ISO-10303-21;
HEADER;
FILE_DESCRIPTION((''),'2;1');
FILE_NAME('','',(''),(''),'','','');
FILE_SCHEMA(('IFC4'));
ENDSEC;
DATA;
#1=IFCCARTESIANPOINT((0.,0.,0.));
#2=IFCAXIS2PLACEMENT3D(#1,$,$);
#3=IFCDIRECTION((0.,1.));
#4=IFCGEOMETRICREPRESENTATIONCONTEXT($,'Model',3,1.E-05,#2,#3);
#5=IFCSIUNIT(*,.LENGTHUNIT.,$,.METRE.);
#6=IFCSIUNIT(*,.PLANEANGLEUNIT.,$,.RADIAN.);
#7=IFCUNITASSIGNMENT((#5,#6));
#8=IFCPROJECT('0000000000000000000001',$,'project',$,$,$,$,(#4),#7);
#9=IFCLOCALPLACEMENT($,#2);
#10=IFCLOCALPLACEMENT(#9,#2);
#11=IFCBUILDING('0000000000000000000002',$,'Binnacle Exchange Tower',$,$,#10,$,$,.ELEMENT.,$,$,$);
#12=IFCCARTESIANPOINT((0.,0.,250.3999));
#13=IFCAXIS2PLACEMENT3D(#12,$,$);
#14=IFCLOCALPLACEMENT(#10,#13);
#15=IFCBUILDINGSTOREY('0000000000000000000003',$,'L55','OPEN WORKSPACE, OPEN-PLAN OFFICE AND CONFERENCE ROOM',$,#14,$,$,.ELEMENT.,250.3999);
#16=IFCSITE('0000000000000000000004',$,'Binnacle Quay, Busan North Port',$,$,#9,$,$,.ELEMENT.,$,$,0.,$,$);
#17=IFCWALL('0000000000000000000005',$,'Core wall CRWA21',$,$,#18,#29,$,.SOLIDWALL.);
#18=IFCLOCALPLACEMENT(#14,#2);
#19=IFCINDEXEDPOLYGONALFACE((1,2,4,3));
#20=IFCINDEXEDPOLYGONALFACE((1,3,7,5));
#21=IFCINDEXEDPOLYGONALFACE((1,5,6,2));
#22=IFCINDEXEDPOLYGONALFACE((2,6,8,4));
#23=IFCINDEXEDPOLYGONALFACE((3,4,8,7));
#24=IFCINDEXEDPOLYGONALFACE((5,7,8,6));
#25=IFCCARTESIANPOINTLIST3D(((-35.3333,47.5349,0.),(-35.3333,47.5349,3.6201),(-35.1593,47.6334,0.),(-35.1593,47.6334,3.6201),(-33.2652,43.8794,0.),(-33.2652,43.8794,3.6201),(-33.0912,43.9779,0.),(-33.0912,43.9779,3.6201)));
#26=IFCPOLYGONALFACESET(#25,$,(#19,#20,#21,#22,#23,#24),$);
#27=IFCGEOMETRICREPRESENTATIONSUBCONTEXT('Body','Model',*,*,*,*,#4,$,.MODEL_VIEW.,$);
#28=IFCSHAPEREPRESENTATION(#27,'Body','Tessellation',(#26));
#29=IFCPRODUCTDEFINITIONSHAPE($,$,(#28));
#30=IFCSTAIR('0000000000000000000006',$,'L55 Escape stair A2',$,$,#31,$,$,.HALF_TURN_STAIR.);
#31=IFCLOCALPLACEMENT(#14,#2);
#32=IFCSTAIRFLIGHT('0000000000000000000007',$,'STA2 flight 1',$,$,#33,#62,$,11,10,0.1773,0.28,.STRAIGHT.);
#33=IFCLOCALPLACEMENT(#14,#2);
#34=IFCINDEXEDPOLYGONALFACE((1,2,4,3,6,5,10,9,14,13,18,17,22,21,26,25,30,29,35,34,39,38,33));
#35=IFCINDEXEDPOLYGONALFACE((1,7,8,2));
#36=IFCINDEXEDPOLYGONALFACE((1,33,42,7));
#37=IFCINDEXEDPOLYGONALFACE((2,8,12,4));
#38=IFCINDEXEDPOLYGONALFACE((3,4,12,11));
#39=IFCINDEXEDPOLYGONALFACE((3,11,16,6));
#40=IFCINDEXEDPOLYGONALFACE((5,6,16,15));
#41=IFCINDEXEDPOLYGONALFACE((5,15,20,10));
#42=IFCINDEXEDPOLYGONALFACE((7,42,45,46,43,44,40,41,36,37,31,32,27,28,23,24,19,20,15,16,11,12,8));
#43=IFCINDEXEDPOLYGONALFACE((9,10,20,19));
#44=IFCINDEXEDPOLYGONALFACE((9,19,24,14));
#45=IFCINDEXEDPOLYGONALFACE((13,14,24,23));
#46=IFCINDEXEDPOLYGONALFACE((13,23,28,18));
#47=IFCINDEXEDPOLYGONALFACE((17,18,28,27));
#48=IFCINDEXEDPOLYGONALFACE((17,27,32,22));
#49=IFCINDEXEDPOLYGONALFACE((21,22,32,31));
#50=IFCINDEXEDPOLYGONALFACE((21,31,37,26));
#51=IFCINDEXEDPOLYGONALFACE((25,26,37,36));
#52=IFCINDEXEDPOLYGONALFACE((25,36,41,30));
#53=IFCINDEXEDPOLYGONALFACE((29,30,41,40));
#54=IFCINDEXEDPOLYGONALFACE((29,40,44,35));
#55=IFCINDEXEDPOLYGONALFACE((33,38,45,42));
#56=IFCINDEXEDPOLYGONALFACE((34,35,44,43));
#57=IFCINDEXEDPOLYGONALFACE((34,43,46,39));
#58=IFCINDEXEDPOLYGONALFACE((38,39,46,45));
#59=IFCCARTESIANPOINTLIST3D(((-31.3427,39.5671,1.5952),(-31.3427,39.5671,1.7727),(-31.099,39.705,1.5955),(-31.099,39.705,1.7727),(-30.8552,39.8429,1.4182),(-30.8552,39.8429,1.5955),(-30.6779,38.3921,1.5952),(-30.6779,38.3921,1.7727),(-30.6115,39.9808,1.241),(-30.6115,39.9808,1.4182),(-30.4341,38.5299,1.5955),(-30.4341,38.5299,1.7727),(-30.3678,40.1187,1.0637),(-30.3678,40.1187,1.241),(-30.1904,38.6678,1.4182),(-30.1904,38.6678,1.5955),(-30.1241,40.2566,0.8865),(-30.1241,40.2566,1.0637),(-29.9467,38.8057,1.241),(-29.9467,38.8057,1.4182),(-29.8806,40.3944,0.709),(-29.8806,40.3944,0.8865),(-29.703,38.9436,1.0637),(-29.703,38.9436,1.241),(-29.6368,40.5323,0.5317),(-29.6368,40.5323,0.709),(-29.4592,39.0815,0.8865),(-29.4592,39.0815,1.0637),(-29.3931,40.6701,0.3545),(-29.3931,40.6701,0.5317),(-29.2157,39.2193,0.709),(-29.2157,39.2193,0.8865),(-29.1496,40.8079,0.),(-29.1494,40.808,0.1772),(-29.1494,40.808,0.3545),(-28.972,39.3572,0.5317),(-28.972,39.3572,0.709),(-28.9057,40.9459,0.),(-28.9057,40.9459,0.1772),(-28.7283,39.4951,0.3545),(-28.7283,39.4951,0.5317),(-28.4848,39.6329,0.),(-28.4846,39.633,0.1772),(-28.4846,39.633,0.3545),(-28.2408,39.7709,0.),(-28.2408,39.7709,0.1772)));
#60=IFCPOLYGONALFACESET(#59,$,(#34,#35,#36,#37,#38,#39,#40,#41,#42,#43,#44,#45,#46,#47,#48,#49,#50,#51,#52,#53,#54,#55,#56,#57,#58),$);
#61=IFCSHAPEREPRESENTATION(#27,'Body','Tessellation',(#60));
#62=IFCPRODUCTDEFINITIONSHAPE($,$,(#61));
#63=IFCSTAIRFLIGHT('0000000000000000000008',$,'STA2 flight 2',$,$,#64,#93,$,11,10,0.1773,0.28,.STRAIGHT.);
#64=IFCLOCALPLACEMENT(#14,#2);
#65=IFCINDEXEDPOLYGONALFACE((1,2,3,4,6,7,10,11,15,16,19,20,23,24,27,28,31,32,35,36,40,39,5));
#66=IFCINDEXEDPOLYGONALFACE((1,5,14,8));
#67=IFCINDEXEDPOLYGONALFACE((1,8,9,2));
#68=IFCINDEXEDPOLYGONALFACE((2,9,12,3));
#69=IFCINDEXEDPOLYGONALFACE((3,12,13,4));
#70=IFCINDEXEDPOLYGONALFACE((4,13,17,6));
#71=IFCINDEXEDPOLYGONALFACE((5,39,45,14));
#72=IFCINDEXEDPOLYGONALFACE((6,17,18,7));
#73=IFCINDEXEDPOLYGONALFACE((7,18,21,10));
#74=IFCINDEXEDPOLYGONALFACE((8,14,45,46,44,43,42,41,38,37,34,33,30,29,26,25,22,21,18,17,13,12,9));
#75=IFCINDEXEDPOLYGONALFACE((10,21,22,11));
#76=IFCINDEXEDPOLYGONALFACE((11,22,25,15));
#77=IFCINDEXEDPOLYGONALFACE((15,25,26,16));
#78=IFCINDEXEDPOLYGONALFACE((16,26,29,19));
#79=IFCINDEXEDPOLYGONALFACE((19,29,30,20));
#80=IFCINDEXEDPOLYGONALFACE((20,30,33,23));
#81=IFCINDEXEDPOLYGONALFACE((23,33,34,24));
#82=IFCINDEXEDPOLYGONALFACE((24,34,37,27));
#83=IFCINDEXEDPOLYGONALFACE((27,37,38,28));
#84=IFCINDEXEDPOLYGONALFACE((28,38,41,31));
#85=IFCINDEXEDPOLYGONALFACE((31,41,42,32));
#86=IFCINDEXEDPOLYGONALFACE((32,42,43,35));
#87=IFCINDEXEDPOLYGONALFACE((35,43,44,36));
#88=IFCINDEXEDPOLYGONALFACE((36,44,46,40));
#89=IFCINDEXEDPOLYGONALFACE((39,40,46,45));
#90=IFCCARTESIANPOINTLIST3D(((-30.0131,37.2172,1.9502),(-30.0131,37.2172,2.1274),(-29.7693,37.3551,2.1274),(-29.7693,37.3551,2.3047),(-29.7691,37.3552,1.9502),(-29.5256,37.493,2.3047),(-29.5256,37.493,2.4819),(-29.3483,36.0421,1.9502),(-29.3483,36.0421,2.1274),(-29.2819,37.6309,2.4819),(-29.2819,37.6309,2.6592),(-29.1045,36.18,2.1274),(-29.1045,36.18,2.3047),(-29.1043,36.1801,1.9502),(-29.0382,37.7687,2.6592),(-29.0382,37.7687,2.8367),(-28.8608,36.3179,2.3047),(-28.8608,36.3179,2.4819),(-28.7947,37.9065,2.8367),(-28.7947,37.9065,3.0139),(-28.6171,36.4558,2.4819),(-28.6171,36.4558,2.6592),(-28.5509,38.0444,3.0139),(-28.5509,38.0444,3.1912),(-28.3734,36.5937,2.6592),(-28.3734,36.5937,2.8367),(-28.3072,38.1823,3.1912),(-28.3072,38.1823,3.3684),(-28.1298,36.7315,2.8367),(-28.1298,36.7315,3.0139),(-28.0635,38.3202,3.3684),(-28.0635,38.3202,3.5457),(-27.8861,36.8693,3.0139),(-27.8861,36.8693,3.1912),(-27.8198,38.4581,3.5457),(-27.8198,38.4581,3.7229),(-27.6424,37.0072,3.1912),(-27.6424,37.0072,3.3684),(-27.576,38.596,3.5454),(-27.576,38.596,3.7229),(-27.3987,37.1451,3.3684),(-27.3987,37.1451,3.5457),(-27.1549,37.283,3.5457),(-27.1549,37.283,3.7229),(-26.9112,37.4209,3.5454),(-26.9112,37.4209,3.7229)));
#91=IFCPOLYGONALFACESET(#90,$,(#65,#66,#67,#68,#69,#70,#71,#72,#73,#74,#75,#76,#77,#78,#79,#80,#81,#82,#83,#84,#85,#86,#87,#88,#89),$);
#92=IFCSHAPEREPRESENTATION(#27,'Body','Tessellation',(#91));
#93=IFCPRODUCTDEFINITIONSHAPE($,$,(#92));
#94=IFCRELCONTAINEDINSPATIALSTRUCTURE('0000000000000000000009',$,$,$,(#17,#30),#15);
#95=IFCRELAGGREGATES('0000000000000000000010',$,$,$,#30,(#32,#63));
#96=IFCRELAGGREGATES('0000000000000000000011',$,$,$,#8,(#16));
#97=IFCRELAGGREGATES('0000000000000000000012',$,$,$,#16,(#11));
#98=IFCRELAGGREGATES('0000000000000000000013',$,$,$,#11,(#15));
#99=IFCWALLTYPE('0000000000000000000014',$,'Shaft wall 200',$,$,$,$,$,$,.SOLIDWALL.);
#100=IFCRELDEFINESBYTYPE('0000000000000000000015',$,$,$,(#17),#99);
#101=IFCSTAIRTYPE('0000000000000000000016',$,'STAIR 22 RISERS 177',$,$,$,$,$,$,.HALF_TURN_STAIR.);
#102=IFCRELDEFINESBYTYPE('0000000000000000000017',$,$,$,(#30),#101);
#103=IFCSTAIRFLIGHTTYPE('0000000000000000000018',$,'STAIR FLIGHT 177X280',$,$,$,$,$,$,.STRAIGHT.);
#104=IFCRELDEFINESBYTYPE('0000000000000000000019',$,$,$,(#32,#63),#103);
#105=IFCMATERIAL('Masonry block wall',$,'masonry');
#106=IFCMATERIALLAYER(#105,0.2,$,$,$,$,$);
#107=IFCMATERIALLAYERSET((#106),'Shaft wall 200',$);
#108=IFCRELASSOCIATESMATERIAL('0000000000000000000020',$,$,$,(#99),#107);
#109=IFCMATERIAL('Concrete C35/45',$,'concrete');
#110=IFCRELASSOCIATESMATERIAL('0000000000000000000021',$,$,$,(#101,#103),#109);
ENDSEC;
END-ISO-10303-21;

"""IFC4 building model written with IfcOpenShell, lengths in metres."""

from ifc_helpers import new_model, si_unit, direction, frame, frame_2d, origin, place, context, subcontext, project, spatial, polyline, rectangle, outline, extrude, material, layer, layer_set, type_object, element, aggregate, save


model = new_model("IFC4")

# Units and contexts
model_context = context("Model", 3, precision=1e-05, world=origin(), true_north=direction((0.0, 1.0)))
body_context = subcontext(model_context, "Body", "Model", "MODEL_VIEW")
ifc_project = project(units=[si_unit("LENGTHUNIT", "METRE"), si_unit("PLANEANGLEUNIT", "RADIAN")], contexts=[model_context])

# Site, building, storey
site_placement = place(None, origin())
site = spatial("IfcSite", under=ifc_project, at=site_placement, Name="Binnacle Quay, Busan North Port", CompositionType="ELEMENT", RefElevation=0.0)
building_placement = place(site_placement, origin())
building = spatial("IfcBuilding", under=site, at=building_placement, Name="Binnacle Exchange Tower", CompositionType="ELEMENT")
storey_placement = place(building_placement, frame((0.0, 0.0, 250.3999)))
storey = spatial("IfcBuildingStorey", under=building, at=storey_placement, Name="L55", Description="OPEN WORKSPACE, OPEN-PLAN OFFICE AND CONFERENCE ROOM", CompositionType="ELEMENT", Elevation=250.3999)

# Shared definitions
ifc_material_1 = material(Name="Masonry block wall", Category="masonry")

# Wall
ifc_layer_1 = layer(ifc_material_1, 0.2)
ifc_layer_set_1 = layer_set([ifc_layer_1], Name="Shaft wall 200")
wall_type_1 = type_object("IfcWallType", Name="Shaft wall 200", PredefinedType="SOLIDWALL", material=ifc_layer_set_1)
for number, where, z_axis, x_axis, name in (
    (1, (-35.2463, 47.5842, 0.0), (0.0, 0.0, 1.0), (0.49241, -0.870364, 0.0), "Core wall CRWA21"),
):
    element("IfcWall", number, at=place(storey_placement, frame(where, z_axis=z_axis, x_axis=x_axis)), inside=storey, type_object=wall_type_1, Name=name, PredefinedType="SOLIDWALL", context=body_context, shape_type="SweptSolid", body=[
        extrude(rectangle(XDim=4.2, YDim=0.2, at=frame_2d((2.1001, 0.0))), origin(), (0.0, 0.0, 1.0), 3.6201),
    ])

# Stair, stair flights
ifc_material_2 = material(Name="Concrete C35/45", Category="concrete")
stair_type = type_object("IfcStairType", Name="STAIR 22 RISERS 177", PredefinedType="HALF_TURN_STAIR", material=ifc_material_2)
stair_placement = place(storey_placement, origin())
stair = element("IfcStair", 2, at=stair_placement, inside=storey, type_object=stair_type, Name="L55 Escape stair A2", PredefinedType="HALF_TURN_STAIR")
stair_flight_type = type_object("IfcStairFlightType", Name="STAIR FLIGHT 177X280", PredefinedType="STRAIGHT", material=ifc_material_2)
stair_flight_1_placement = place(storey_placement, frame((-28.5732, 40.3584, 0.0), z_axis=(0.0, 0.0, 1.0), x_axis=(-0.870356, -0.492424, 0.0)))
stair_flight_1 = element("IfcStairFlight", 3, at=stair_flight_1_placement, type_object=stair_flight_type, Name="STA2 flight 1", NumberOfRisers=11, NumberOfTreads=10, PredefinedType="STRAIGHT", RiserHeight=0.1773, TreadLength=0.28, context=body_context, shape_type="SweptSolid", body=[
    extrude(outline(polyline([(0.0, 0.0), (0.0, 0.1772), (0.28, 0.1772), (0.28, 0.3545), (0.5601, 0.3545), (0.5601, 0.5317), (0.8401, 0.5317), (0.8401, 0.709), (1.1201, 0.709), (1.1201, 0.8865), (1.3999, 0.8865), (1.3999, 1.0637), (1.6799, 1.0637), (1.6799, 1.241), (1.96, 1.241), (1.96, 1.4182), (2.24, 1.4182), (2.24, 1.5955), (2.52, 1.5955), (2.52, 1.7727), (2.8, 1.7727), (2.8, 1.95), (2.8, 1.5952), (0.2803, 0.0), (0.0, 0.0)])), frame((0.0, 0.675, 0.0), z_axis=(0.0, -1.0, 0.0), x_axis=(1.0, 0.0, 0.0)), (0.0, 0.0, 1.0), 1.3501),
])
stair_flight_2_placement = place(storey_placement, frame((-29.6807, 36.6296, 1.9502), z_axis=(0.0, 0.0, 1.0), x_axis=(0.870356, 0.492424, 0.0)))
stair_flight_2 = element("IfcStairFlight", 4, at=stair_flight_2_placement, type_object=stair_flight_type, Name="STA2 flight 2", NumberOfRisers=11, NumberOfTreads=10, PredefinedType="STRAIGHT", RiserHeight=0.1773, TreadLength=0.28, context=body_context, shape_type="SweptSolid", body=[
    extrude(outline(polyline([(0.0, 0.0), (0.0, 0.1772), (0.28, 0.1772), (0.28, 0.3545), (0.5601, 0.3545), (0.5601, 0.5317), (0.8401, 0.5317), (0.8401, 0.709), (1.1201, 0.709), (1.1201, 0.8865), (1.3999, 0.8865), (1.3999, 1.0637), (1.6799, 1.0637), (1.6799, 1.241), (1.96, 1.241), (1.96, 1.4182), (2.24, 1.4182), (2.24, 1.5955), (2.52, 1.5955), (2.52, 1.7727), (2.8, 1.7727), (2.8, 1.95), (2.8, 1.5952), (0.2803, 0.0), (0.0, 0.0)])), frame((0.0, 0.675, 0.0), z_axis=(0.0, -1.0, 0.0), x_axis=(1.0, 0.0, 0.0)), (0.0, 0.0, 1.0), 1.3501),
])
aggregate(stair, [stair_flight_1, stair_flight_2])

save(model, "model.ifc")
